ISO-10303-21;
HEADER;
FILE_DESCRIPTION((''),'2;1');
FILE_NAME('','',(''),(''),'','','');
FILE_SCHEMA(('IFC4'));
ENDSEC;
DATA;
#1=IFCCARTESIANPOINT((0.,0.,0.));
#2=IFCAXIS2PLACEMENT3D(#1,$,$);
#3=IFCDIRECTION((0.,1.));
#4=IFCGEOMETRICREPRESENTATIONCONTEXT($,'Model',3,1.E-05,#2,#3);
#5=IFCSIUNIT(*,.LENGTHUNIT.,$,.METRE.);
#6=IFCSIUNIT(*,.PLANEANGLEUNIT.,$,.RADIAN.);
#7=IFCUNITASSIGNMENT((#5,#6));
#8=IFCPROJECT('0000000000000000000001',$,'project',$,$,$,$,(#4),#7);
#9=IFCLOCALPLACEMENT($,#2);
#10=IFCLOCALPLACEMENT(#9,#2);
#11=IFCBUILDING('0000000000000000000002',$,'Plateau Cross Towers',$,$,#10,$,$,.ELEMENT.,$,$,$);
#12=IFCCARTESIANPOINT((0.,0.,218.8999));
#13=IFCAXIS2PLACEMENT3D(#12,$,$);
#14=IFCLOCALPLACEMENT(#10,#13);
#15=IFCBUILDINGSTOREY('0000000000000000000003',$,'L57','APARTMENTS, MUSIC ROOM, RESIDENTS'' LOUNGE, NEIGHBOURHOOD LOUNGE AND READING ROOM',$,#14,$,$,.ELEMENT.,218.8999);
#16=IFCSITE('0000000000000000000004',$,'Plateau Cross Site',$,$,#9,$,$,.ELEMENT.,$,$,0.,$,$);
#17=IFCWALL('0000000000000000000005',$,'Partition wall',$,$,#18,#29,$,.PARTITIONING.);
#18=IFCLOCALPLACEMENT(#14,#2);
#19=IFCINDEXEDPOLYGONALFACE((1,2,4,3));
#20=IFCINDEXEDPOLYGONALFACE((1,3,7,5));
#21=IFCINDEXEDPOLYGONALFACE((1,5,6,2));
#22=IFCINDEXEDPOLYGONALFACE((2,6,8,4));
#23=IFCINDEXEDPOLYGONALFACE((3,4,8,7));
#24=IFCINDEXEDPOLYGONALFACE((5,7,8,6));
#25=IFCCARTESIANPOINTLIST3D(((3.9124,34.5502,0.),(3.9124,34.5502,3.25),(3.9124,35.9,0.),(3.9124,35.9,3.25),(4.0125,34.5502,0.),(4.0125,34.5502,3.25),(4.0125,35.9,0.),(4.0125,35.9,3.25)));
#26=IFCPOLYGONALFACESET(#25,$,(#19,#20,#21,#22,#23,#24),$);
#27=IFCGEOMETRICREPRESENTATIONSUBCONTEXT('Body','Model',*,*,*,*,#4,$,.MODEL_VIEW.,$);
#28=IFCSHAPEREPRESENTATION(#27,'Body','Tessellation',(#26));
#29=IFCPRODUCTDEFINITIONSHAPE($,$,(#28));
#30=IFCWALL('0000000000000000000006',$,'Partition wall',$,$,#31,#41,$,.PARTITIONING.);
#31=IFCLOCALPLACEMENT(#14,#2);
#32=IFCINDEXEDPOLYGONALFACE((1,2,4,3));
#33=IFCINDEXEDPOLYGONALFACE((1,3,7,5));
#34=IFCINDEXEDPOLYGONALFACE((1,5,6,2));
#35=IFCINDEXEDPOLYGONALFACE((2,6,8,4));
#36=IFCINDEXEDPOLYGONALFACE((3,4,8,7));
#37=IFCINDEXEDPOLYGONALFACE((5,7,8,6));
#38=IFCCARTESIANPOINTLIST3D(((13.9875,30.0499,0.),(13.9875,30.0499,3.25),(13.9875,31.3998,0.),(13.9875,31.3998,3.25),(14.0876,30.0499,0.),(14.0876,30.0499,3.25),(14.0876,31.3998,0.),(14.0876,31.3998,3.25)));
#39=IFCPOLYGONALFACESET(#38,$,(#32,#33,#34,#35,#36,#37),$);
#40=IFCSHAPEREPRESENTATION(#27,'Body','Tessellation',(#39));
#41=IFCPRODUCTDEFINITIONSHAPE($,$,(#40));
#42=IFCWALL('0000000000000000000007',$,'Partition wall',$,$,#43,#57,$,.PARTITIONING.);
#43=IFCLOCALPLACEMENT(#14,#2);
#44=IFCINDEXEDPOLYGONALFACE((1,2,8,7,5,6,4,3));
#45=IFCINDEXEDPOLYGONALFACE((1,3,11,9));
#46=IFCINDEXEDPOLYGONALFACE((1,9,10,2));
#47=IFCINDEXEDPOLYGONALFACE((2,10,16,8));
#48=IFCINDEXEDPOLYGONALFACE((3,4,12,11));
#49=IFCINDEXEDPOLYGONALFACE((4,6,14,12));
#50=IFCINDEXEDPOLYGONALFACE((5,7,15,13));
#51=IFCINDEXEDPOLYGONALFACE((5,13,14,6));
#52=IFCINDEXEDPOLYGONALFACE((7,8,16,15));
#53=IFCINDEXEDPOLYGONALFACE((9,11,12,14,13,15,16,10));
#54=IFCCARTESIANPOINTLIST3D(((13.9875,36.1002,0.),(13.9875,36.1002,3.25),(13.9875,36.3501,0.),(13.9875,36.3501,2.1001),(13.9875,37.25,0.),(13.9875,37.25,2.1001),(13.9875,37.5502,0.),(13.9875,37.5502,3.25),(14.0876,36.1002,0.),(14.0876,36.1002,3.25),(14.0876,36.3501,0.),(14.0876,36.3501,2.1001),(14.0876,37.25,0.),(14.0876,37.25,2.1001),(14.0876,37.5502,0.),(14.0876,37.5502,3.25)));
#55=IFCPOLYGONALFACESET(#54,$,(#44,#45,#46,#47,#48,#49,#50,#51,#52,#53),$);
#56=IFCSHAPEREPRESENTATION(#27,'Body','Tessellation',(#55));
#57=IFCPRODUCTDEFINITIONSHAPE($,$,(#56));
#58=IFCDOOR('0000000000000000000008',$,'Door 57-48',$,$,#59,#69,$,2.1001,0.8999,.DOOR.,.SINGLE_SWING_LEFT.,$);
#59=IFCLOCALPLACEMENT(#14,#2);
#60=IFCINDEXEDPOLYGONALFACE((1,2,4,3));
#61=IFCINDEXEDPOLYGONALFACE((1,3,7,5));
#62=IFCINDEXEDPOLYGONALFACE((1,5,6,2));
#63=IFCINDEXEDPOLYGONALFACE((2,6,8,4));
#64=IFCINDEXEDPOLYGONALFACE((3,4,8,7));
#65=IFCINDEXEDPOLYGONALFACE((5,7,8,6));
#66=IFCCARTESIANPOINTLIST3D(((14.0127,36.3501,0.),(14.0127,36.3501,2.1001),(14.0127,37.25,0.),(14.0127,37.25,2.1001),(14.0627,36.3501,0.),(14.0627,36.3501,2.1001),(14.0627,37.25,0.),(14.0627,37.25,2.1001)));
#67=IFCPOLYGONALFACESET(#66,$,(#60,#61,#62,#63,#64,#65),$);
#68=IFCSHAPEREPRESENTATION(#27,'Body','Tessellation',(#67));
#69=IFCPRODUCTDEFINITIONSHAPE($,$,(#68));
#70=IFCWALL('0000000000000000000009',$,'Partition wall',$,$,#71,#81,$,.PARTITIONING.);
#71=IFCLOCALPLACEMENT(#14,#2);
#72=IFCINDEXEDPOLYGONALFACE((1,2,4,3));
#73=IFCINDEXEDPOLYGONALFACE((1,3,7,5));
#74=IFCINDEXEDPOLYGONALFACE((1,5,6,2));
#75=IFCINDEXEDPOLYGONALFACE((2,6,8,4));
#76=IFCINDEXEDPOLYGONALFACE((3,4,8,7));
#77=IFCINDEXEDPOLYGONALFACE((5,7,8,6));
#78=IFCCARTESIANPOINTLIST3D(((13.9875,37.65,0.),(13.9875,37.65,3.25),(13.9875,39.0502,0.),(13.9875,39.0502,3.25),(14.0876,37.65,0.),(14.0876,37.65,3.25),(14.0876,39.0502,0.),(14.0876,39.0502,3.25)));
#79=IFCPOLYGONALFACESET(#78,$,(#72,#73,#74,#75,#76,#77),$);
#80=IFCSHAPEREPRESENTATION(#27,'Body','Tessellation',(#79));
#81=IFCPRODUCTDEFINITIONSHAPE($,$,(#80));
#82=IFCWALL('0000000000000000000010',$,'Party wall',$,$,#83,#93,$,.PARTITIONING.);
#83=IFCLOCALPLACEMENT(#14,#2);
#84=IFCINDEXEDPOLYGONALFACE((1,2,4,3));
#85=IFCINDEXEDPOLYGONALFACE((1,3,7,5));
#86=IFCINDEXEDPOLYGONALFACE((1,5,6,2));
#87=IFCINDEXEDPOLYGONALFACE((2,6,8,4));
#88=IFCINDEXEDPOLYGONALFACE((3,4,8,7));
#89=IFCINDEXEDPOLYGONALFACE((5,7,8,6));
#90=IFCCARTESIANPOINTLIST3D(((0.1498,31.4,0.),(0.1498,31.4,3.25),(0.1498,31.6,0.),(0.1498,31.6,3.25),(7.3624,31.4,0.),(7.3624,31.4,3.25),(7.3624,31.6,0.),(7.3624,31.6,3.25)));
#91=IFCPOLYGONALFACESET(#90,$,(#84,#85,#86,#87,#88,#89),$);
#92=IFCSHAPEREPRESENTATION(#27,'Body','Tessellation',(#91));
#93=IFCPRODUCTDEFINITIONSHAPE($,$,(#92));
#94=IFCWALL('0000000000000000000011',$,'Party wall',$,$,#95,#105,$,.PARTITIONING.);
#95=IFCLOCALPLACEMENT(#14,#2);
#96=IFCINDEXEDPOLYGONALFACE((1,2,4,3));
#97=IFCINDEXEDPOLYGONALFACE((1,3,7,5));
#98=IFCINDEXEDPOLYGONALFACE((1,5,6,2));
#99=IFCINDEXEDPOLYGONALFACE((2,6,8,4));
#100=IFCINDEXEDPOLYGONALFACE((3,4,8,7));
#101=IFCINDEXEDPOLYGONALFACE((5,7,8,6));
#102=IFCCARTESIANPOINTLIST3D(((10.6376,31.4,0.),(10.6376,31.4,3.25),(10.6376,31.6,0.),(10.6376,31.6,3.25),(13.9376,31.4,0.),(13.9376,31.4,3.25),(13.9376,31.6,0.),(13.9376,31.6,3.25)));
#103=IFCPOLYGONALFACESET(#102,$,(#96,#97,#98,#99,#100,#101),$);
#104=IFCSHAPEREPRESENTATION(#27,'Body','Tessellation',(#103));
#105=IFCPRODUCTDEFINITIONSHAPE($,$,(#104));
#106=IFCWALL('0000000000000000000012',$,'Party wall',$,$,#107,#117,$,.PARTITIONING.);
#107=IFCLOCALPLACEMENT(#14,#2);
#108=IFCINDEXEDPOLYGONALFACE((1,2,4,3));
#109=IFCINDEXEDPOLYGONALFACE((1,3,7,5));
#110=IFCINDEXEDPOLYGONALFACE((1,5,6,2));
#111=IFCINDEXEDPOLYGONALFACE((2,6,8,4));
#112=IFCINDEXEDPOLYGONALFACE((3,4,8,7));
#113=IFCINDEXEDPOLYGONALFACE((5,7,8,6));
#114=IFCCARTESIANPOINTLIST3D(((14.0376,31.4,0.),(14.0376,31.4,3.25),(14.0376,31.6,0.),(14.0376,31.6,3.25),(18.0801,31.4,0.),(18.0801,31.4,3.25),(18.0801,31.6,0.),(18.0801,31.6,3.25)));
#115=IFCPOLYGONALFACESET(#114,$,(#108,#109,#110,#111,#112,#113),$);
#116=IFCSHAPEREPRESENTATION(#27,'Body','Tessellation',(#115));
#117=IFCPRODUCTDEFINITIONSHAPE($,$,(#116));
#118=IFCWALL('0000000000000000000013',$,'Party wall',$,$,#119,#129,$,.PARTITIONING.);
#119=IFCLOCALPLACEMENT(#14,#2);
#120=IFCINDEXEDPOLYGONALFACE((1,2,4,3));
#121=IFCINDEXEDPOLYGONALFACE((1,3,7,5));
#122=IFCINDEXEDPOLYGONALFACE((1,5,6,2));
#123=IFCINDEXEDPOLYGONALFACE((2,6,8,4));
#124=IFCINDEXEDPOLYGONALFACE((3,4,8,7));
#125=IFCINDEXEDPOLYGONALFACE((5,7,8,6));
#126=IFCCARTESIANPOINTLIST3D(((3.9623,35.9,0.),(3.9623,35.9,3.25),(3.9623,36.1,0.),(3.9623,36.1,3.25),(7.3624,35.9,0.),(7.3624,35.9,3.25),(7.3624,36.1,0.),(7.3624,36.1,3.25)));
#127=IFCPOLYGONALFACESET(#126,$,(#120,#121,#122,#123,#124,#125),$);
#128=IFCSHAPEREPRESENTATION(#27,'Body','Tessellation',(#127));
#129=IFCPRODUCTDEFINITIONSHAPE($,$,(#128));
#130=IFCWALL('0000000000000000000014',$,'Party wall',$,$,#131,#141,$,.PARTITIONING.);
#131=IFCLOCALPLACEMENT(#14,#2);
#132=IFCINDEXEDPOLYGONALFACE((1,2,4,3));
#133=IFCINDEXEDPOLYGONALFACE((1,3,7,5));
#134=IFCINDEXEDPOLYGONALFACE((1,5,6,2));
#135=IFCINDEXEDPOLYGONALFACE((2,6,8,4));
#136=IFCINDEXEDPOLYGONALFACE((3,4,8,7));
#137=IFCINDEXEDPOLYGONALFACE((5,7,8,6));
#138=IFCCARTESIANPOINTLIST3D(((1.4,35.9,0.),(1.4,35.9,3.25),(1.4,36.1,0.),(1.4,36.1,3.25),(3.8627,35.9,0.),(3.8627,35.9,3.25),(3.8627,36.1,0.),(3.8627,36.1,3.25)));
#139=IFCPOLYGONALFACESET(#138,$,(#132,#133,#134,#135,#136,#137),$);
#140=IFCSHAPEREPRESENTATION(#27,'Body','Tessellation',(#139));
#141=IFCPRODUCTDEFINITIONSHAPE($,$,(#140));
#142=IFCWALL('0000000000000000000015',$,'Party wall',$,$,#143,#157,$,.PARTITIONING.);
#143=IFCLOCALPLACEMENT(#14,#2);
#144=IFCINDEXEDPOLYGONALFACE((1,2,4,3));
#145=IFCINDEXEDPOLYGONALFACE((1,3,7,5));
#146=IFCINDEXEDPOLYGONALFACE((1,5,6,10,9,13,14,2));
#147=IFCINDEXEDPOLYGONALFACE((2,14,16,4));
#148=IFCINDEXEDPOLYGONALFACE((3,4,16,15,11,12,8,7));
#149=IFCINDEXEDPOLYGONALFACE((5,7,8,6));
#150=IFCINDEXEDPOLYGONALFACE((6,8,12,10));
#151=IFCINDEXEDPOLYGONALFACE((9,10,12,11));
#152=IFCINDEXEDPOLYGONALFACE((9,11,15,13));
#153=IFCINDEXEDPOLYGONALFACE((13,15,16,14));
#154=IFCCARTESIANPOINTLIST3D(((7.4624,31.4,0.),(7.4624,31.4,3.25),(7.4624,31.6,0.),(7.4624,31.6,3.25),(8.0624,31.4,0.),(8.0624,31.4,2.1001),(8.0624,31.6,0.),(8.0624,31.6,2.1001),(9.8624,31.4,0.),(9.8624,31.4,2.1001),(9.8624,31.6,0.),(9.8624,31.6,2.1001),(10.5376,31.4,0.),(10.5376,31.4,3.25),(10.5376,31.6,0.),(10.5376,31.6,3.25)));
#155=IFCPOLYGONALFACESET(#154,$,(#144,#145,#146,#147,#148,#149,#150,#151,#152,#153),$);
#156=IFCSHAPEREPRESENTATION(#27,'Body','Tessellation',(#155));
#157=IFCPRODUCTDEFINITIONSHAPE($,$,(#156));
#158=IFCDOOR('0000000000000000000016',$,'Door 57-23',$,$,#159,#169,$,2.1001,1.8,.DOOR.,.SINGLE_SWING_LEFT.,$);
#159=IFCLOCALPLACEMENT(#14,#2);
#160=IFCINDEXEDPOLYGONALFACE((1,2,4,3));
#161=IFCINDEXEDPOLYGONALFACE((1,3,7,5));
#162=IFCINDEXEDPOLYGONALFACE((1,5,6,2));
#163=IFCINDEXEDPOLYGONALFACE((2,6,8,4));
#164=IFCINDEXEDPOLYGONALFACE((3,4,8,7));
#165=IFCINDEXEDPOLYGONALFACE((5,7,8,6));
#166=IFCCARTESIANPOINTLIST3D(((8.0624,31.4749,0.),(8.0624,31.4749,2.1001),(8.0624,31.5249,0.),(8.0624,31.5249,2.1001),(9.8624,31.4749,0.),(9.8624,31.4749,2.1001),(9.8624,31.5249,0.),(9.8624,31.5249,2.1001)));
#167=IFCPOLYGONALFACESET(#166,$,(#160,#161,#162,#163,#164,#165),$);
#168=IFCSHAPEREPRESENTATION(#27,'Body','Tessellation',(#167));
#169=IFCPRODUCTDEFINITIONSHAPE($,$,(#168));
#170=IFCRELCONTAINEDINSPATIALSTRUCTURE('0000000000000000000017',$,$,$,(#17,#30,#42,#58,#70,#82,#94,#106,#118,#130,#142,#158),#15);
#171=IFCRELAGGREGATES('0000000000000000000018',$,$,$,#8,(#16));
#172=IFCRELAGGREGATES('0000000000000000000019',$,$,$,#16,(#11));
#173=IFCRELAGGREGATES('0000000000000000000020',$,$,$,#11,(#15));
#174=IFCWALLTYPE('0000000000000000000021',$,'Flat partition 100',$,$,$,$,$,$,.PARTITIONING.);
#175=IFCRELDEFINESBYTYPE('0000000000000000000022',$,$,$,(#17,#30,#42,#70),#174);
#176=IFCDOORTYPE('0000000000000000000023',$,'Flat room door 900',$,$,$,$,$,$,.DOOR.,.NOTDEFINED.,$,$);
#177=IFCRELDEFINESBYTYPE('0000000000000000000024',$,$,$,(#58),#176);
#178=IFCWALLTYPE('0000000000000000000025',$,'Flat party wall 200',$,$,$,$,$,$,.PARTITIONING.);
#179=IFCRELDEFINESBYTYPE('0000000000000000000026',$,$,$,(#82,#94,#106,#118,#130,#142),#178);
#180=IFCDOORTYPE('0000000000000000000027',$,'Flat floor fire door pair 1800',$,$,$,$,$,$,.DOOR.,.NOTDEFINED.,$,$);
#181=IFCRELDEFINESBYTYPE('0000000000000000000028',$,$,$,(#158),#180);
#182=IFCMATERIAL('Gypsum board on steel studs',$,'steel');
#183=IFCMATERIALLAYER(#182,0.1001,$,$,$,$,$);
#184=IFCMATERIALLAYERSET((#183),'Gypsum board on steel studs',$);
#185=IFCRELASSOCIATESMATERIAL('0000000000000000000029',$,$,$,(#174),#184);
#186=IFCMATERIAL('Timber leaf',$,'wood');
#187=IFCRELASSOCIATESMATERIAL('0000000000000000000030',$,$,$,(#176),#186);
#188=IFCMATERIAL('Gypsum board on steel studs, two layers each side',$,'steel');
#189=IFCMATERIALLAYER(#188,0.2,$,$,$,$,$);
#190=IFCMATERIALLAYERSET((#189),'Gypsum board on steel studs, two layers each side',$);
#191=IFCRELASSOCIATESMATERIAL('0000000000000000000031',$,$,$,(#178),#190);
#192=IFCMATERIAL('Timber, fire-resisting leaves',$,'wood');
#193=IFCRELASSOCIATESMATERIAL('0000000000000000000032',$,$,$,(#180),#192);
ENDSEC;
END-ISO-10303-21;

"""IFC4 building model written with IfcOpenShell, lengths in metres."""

from ifc_helpers import new_model, si_unit, direction, frame, frame_2d, origin, place, context, subcontext, project, spatial, rectangle, extrude, material, layer, layer_set, type_object, element, fill, save


model = new_model("IFC4")

# Units and contexts
model_context = context("Model", 3, precision=1e-05, world=origin(), true_north=direction((0.0, 1.0)))
body_context = subcontext(model_context, "Body", "Model", "MODEL_VIEW")
ifc_project = project(units=[si_unit("LENGTHUNIT", "METRE"), si_unit("PLANEANGLEUNIT", "RADIAN")], contexts=[model_context])

# Site, building, storey
site_placement = place(None, origin())
site = spatial("IfcSite", under=ifc_project, at=site_placement, Name="Plateau Cross Site", CompositionType="ELEMENT", RefElevation=0.0)
building_placement = place(site_placement, origin())
building = spatial("IfcBuilding", under=site, at=building_placement, Name="Plateau Cross Towers", CompositionType="ELEMENT")
storey_placement = place(building_placement, frame((0.0, 0.0, 218.8999)))
storey = spatial("IfcBuildingStorey", under=building, at=storey_placement, Name="L57", Description="APARTMENTS, MUSIC ROOM, RESIDENTS' LOUNGE, NEIGHBOURHOOD LOUNGE AND READING ROOM", CompositionType="ELEMENT", Elevation=218.8999)

# Shared definitions
ifc_material_1 = material(Name="Gypsum board on steel studs", Category="steel")
ifc_layer_1 = layer(ifc_material_1, 0.1001)
ifc_layer_set_1 = layer_set([ifc_layer_1], Name="Gypsum board on steel studs")
wall_type_1 = type_object("IfcWallType", Name="Flat partition 100", PredefinedType="PARTITIONING", material=ifc_layer_set_1)
ifc_material_2 = material(Name="Timber leaf", Category="wood")
door_type_1 = type_object("IfcDoorType", Name="Flat room door 900", OperationType="NOTDEFINED", PredefinedType="DOOR", material=ifc_material_2)

# Walls
for number, where, z_axis, x_axis, name in (
    (1, (3.9624, 35.8999, 0.0), (0.0, 0.0, 1.0), (0.0, -1.0, 0.0), "Partition wall"),
    (2, (14.0376, 30.05, 0.0), (0.0, 0.0, 1.0), (0.0, 1.0, 0.0), "Partition wall"),
):
    element("IfcWall", number, at=place(storey_placement, frame(where, z_axis=z_axis, x_axis=x_axis)), inside=storey, type_object=wall_type_1, Name=name, PredefinedType="PARTITIONING", context=body_context, shape_type="SweptSolid", body=[
        extrude(rectangle(XDim=1.3499, YDim=0.1001, at=frame_2d((0.6748, 0.0))), origin(), (0.0, 0.0, 1.0), 3.25),
    ])

# Wall, opening, door
wall_1_placement = place(storey_placement, frame((14.0376, 36.1001, 0.0), z_axis=(0.0, 0.0, 1.0), x_axis=(0.0, 1.0, 0.0)))
wall_1 = element("IfcWall", 3, at=wall_1_placement, inside=storey, type_object=wall_type_1, Name="Partition wall", PredefinedType="PARTITIONING", context=body_context, shape_type="SweptSolid", body=[
    extrude(rectangle(XDim=1.45, YDim=0.1001, at=frame_2d((0.7251, 0.0))), origin(), (0.0, 0.0, 1.0), 3.25),
])
opening_1_placement = place(wall_1_placement, frame((0.25, 0.0, 0.0)))
opening_1 = element("IfcOpeningElement", 4, at=opening_1_placement, cuts=wall_1, PredefinedType="OPENING", context=body_context, shape_type="SweptSolid", body=[
    extrude(rectangle(XDim=0.8999, YDim=2.1001, at=frame_2d((0.45, 1.05))), frame((0.0, 0.0601, 0.0), z_axis=(0.0, -1.0, 0.0), x_axis=(1.0, 0.0, 0.0)), (0.0, 0.0, 1.0), 0.1201),
])
door_1_placement = place(opening_1_placement, origin())
door_1 = element("IfcDoor", 5, at=door_1_placement, inside=storey, type_object=door_type_1, Name="Door 57-48", OperationType="SINGLE_SWING_LEFT", OverallHeight=2.1001, OverallWidth=0.8999, PredefinedType="DOOR", context=body_context, shape_type="SweptSolid", body=[
    extrude(rectangle(XDim=0.8999, YDim=2.1001, at=frame_2d((0.45, 1.05))), frame((0.0, 0.0249, 0.0), z_axis=(0.0, -1.0, 0.0), x_axis=(1.0, 0.0, 0.0)), (0.0, 0.0, 1.0), 0.05),
])
fill(opening_1, door_1)

# Walls
wall_2_placement = place(storey_placement, frame((14.0376, 37.6499, 0.0), z_axis=(0.0, 0.0, 1.0), x_axis=(0.0, 1.0, 0.0)))
element("IfcWall", 6, at=wall_2_placement, inside=storey, type_object=wall_type_1, Name="Partition wall", PredefinedType="PARTITIONING", context=body_context, shape_type="SweptSolid", body=[
    extrude(rectangle(XDim=1.4001, YDim=0.1001, at=frame_2d((0.7002, 0.0))), origin(), (0.0, 0.0, 1.0), 3.25),
])
ifc_material_3 = material(Name="Gypsum board on steel studs, two layers each side", Category="steel")
ifc_layer_2 = layer(ifc_material_3, 0.2)
ifc_layer_set_2 = layer_set([ifc_layer_2], Name="Gypsum board on steel studs, two layers each side")
wall_type_2 = type_object("IfcWallType", Name="Flat party wall 200", PredefinedType="PARTITIONING", material=ifc_layer_set_2)
wall_3_placement = place(storey_placement, frame((7.3625, 31.5, 0.0), z_axis=(0.0, 0.0, 1.0), x_axis=(-1.0, 0.0, 0.0)))
element("IfcWall", 7, at=wall_3_placement, inside=storey, type_object=wall_type_2, Name="Party wall", PredefinedType="PARTITIONING", context=body_context, shape_type="SweptSolid", body=[
    extrude(rectangle(XDim=7.2126, YDim=0.2, at=frame_2d((3.6064, 0.0))), origin(), (0.0, 0.0, 1.0), 3.25),
])
wall_4_placement = place(storey_placement, frame((13.9375, 31.5, 0.0), z_axis=(0.0, 0.0, 1.0), x_axis=(-1.0, 0.0, 0.0)))
element("IfcWall", 8, at=wall_4_placement, inside=storey, type_object=wall_type_2, Name="Party wall", PredefinedType="PARTITIONING", context=body_context, shape_type="SweptSolid", body=[
    extrude(rectangle(XDim=3.3, YDim=0.2, at=frame_2d((1.6499, 0.0))), origin(), (0.0, 0.0, 1.0), 3.25),
])
wall_5_placement = place(storey_placement, frame((14.0376, 31.5, 0.0), z_axis=(0.0, 0.0, 1.0), x_axis=(1.0, 0.0, 0.0)))
element("IfcWall", 9, at=wall_5_placement, inside=storey, type_object=wall_type_2, Name="Party wall", PredefinedType="PARTITIONING", context=body_context, shape_type="SweptSolid", body=[
    extrude(rectangle(XDim=4.0425, YDim=0.2, at=frame_2d((2.0212, 0.0))), origin(), (0.0, 0.0, 1.0), 3.25),
])
wall_6_placement = place(storey_placement, frame((7.3625, 36.0, 0.0), z_axis=(0.0, 0.0, 1.0), x_axis=(-1.0, 0.0, 0.0)))
element("IfcWall", 10, at=wall_6_placement, inside=storey, type_object=wall_type_2, Name="Party wall", PredefinedType="PARTITIONING", context=body_context, shape_type="SweptSolid", body=[
    extrude(rectangle(XDim=3.4001, YDim=0.2, at=frame_2d((1.7002, 0.0))), origin(), (0.0, 0.0, 1.0), 3.25),
])
wall_7_placement = place(storey_placement, frame((1.3999, 36.0, 0.0), z_axis=(0.0, 0.0, 1.0), x_axis=(1.0, 0.0, 0.0)))
element("IfcWall", 11, at=wall_7_placement, inside=storey, type_object=wall_type_2, Name="Party wall", PredefinedType="PARTITIONING", context=body_context, shape_type="SweptSolid", body=[
    extrude(rectangle(XDim=2.4626, YDim=0.2, at=frame_2d((1.2314, 0.0))), origin(), (0.0, 0.0, 1.0), 3.25),
])

# Wall, opening, door
wall_8_placement = place(storey_placement, frame((7.4624, 31.5, 0.0), z_axis=(0.0, 0.0, 1.0), x_axis=(1.0, 0.0, 0.0)))
wall_8 = element("IfcWall", 12, at=wall_8_placement, inside=storey, type_object=wall_type_2, Name="Party wall", PredefinedType="PARTITIONING", context=body_context, shape_type="SweptSolid", body=[
    extrude(rectangle(XDim=3.0752, YDim=0.2, at=frame_2d((1.5376, 0.0))), origin(), (0.0, 0.0, 1.0), 3.25),
])
opening_2_placement = place(wall_8_placement, frame((0.6001, 0.0, 0.0)))
opening_2 = element("IfcOpeningElement", 13, at=opening_2_placement, cuts=wall_8, PredefinedType="OPENING", context=body_context, shape_type="SweptSolid", body=[
    extrude(rectangle(XDim=1.8, YDim=2.1001, at=frame_2d((0.8999, 1.05))), frame((0.0, 0.1099, 0.0), z_axis=(0.0, -1.0, 0.0), x_axis=(1.0, 0.0, 0.0)), (0.0, 0.0, 1.0), 0.22),
])
ifc_material_4 = material(Name="Timber, fire-resisting leaves", Category="wood")
door_type_2 = type_object("IfcDoorType", Name="Flat floor fire door pair 1800", OperationType="NOTDEFINED", PredefinedType="DOOR", material=ifc_material_4)
door_2_placement = place(opening_2_placement, origin())
door_2 = element("IfcDoor", 14, at=door_2_placement, inside=storey, type_object=door_type_2, Name="Door 57-23", OperationType="SINGLE_SWING_LEFT", OverallHeight=2.1001, OverallWidth=1.8, PredefinedType="DOOR", context=body_context, shape_type="SweptSolid", body=[
    extrude(rectangle(XDim=1.8, YDim=2.1001, at=frame_2d((0.8999, 1.05))), frame((0.0, 0.0249, 0.0), z_axis=(0.0, -1.0, 0.0), x_axis=(1.0, 0.0, 0.0)), (0.0, 0.0, 1.0), 0.05),
])
fill(opening_2, door_2)

save(model, "model.ifc")
